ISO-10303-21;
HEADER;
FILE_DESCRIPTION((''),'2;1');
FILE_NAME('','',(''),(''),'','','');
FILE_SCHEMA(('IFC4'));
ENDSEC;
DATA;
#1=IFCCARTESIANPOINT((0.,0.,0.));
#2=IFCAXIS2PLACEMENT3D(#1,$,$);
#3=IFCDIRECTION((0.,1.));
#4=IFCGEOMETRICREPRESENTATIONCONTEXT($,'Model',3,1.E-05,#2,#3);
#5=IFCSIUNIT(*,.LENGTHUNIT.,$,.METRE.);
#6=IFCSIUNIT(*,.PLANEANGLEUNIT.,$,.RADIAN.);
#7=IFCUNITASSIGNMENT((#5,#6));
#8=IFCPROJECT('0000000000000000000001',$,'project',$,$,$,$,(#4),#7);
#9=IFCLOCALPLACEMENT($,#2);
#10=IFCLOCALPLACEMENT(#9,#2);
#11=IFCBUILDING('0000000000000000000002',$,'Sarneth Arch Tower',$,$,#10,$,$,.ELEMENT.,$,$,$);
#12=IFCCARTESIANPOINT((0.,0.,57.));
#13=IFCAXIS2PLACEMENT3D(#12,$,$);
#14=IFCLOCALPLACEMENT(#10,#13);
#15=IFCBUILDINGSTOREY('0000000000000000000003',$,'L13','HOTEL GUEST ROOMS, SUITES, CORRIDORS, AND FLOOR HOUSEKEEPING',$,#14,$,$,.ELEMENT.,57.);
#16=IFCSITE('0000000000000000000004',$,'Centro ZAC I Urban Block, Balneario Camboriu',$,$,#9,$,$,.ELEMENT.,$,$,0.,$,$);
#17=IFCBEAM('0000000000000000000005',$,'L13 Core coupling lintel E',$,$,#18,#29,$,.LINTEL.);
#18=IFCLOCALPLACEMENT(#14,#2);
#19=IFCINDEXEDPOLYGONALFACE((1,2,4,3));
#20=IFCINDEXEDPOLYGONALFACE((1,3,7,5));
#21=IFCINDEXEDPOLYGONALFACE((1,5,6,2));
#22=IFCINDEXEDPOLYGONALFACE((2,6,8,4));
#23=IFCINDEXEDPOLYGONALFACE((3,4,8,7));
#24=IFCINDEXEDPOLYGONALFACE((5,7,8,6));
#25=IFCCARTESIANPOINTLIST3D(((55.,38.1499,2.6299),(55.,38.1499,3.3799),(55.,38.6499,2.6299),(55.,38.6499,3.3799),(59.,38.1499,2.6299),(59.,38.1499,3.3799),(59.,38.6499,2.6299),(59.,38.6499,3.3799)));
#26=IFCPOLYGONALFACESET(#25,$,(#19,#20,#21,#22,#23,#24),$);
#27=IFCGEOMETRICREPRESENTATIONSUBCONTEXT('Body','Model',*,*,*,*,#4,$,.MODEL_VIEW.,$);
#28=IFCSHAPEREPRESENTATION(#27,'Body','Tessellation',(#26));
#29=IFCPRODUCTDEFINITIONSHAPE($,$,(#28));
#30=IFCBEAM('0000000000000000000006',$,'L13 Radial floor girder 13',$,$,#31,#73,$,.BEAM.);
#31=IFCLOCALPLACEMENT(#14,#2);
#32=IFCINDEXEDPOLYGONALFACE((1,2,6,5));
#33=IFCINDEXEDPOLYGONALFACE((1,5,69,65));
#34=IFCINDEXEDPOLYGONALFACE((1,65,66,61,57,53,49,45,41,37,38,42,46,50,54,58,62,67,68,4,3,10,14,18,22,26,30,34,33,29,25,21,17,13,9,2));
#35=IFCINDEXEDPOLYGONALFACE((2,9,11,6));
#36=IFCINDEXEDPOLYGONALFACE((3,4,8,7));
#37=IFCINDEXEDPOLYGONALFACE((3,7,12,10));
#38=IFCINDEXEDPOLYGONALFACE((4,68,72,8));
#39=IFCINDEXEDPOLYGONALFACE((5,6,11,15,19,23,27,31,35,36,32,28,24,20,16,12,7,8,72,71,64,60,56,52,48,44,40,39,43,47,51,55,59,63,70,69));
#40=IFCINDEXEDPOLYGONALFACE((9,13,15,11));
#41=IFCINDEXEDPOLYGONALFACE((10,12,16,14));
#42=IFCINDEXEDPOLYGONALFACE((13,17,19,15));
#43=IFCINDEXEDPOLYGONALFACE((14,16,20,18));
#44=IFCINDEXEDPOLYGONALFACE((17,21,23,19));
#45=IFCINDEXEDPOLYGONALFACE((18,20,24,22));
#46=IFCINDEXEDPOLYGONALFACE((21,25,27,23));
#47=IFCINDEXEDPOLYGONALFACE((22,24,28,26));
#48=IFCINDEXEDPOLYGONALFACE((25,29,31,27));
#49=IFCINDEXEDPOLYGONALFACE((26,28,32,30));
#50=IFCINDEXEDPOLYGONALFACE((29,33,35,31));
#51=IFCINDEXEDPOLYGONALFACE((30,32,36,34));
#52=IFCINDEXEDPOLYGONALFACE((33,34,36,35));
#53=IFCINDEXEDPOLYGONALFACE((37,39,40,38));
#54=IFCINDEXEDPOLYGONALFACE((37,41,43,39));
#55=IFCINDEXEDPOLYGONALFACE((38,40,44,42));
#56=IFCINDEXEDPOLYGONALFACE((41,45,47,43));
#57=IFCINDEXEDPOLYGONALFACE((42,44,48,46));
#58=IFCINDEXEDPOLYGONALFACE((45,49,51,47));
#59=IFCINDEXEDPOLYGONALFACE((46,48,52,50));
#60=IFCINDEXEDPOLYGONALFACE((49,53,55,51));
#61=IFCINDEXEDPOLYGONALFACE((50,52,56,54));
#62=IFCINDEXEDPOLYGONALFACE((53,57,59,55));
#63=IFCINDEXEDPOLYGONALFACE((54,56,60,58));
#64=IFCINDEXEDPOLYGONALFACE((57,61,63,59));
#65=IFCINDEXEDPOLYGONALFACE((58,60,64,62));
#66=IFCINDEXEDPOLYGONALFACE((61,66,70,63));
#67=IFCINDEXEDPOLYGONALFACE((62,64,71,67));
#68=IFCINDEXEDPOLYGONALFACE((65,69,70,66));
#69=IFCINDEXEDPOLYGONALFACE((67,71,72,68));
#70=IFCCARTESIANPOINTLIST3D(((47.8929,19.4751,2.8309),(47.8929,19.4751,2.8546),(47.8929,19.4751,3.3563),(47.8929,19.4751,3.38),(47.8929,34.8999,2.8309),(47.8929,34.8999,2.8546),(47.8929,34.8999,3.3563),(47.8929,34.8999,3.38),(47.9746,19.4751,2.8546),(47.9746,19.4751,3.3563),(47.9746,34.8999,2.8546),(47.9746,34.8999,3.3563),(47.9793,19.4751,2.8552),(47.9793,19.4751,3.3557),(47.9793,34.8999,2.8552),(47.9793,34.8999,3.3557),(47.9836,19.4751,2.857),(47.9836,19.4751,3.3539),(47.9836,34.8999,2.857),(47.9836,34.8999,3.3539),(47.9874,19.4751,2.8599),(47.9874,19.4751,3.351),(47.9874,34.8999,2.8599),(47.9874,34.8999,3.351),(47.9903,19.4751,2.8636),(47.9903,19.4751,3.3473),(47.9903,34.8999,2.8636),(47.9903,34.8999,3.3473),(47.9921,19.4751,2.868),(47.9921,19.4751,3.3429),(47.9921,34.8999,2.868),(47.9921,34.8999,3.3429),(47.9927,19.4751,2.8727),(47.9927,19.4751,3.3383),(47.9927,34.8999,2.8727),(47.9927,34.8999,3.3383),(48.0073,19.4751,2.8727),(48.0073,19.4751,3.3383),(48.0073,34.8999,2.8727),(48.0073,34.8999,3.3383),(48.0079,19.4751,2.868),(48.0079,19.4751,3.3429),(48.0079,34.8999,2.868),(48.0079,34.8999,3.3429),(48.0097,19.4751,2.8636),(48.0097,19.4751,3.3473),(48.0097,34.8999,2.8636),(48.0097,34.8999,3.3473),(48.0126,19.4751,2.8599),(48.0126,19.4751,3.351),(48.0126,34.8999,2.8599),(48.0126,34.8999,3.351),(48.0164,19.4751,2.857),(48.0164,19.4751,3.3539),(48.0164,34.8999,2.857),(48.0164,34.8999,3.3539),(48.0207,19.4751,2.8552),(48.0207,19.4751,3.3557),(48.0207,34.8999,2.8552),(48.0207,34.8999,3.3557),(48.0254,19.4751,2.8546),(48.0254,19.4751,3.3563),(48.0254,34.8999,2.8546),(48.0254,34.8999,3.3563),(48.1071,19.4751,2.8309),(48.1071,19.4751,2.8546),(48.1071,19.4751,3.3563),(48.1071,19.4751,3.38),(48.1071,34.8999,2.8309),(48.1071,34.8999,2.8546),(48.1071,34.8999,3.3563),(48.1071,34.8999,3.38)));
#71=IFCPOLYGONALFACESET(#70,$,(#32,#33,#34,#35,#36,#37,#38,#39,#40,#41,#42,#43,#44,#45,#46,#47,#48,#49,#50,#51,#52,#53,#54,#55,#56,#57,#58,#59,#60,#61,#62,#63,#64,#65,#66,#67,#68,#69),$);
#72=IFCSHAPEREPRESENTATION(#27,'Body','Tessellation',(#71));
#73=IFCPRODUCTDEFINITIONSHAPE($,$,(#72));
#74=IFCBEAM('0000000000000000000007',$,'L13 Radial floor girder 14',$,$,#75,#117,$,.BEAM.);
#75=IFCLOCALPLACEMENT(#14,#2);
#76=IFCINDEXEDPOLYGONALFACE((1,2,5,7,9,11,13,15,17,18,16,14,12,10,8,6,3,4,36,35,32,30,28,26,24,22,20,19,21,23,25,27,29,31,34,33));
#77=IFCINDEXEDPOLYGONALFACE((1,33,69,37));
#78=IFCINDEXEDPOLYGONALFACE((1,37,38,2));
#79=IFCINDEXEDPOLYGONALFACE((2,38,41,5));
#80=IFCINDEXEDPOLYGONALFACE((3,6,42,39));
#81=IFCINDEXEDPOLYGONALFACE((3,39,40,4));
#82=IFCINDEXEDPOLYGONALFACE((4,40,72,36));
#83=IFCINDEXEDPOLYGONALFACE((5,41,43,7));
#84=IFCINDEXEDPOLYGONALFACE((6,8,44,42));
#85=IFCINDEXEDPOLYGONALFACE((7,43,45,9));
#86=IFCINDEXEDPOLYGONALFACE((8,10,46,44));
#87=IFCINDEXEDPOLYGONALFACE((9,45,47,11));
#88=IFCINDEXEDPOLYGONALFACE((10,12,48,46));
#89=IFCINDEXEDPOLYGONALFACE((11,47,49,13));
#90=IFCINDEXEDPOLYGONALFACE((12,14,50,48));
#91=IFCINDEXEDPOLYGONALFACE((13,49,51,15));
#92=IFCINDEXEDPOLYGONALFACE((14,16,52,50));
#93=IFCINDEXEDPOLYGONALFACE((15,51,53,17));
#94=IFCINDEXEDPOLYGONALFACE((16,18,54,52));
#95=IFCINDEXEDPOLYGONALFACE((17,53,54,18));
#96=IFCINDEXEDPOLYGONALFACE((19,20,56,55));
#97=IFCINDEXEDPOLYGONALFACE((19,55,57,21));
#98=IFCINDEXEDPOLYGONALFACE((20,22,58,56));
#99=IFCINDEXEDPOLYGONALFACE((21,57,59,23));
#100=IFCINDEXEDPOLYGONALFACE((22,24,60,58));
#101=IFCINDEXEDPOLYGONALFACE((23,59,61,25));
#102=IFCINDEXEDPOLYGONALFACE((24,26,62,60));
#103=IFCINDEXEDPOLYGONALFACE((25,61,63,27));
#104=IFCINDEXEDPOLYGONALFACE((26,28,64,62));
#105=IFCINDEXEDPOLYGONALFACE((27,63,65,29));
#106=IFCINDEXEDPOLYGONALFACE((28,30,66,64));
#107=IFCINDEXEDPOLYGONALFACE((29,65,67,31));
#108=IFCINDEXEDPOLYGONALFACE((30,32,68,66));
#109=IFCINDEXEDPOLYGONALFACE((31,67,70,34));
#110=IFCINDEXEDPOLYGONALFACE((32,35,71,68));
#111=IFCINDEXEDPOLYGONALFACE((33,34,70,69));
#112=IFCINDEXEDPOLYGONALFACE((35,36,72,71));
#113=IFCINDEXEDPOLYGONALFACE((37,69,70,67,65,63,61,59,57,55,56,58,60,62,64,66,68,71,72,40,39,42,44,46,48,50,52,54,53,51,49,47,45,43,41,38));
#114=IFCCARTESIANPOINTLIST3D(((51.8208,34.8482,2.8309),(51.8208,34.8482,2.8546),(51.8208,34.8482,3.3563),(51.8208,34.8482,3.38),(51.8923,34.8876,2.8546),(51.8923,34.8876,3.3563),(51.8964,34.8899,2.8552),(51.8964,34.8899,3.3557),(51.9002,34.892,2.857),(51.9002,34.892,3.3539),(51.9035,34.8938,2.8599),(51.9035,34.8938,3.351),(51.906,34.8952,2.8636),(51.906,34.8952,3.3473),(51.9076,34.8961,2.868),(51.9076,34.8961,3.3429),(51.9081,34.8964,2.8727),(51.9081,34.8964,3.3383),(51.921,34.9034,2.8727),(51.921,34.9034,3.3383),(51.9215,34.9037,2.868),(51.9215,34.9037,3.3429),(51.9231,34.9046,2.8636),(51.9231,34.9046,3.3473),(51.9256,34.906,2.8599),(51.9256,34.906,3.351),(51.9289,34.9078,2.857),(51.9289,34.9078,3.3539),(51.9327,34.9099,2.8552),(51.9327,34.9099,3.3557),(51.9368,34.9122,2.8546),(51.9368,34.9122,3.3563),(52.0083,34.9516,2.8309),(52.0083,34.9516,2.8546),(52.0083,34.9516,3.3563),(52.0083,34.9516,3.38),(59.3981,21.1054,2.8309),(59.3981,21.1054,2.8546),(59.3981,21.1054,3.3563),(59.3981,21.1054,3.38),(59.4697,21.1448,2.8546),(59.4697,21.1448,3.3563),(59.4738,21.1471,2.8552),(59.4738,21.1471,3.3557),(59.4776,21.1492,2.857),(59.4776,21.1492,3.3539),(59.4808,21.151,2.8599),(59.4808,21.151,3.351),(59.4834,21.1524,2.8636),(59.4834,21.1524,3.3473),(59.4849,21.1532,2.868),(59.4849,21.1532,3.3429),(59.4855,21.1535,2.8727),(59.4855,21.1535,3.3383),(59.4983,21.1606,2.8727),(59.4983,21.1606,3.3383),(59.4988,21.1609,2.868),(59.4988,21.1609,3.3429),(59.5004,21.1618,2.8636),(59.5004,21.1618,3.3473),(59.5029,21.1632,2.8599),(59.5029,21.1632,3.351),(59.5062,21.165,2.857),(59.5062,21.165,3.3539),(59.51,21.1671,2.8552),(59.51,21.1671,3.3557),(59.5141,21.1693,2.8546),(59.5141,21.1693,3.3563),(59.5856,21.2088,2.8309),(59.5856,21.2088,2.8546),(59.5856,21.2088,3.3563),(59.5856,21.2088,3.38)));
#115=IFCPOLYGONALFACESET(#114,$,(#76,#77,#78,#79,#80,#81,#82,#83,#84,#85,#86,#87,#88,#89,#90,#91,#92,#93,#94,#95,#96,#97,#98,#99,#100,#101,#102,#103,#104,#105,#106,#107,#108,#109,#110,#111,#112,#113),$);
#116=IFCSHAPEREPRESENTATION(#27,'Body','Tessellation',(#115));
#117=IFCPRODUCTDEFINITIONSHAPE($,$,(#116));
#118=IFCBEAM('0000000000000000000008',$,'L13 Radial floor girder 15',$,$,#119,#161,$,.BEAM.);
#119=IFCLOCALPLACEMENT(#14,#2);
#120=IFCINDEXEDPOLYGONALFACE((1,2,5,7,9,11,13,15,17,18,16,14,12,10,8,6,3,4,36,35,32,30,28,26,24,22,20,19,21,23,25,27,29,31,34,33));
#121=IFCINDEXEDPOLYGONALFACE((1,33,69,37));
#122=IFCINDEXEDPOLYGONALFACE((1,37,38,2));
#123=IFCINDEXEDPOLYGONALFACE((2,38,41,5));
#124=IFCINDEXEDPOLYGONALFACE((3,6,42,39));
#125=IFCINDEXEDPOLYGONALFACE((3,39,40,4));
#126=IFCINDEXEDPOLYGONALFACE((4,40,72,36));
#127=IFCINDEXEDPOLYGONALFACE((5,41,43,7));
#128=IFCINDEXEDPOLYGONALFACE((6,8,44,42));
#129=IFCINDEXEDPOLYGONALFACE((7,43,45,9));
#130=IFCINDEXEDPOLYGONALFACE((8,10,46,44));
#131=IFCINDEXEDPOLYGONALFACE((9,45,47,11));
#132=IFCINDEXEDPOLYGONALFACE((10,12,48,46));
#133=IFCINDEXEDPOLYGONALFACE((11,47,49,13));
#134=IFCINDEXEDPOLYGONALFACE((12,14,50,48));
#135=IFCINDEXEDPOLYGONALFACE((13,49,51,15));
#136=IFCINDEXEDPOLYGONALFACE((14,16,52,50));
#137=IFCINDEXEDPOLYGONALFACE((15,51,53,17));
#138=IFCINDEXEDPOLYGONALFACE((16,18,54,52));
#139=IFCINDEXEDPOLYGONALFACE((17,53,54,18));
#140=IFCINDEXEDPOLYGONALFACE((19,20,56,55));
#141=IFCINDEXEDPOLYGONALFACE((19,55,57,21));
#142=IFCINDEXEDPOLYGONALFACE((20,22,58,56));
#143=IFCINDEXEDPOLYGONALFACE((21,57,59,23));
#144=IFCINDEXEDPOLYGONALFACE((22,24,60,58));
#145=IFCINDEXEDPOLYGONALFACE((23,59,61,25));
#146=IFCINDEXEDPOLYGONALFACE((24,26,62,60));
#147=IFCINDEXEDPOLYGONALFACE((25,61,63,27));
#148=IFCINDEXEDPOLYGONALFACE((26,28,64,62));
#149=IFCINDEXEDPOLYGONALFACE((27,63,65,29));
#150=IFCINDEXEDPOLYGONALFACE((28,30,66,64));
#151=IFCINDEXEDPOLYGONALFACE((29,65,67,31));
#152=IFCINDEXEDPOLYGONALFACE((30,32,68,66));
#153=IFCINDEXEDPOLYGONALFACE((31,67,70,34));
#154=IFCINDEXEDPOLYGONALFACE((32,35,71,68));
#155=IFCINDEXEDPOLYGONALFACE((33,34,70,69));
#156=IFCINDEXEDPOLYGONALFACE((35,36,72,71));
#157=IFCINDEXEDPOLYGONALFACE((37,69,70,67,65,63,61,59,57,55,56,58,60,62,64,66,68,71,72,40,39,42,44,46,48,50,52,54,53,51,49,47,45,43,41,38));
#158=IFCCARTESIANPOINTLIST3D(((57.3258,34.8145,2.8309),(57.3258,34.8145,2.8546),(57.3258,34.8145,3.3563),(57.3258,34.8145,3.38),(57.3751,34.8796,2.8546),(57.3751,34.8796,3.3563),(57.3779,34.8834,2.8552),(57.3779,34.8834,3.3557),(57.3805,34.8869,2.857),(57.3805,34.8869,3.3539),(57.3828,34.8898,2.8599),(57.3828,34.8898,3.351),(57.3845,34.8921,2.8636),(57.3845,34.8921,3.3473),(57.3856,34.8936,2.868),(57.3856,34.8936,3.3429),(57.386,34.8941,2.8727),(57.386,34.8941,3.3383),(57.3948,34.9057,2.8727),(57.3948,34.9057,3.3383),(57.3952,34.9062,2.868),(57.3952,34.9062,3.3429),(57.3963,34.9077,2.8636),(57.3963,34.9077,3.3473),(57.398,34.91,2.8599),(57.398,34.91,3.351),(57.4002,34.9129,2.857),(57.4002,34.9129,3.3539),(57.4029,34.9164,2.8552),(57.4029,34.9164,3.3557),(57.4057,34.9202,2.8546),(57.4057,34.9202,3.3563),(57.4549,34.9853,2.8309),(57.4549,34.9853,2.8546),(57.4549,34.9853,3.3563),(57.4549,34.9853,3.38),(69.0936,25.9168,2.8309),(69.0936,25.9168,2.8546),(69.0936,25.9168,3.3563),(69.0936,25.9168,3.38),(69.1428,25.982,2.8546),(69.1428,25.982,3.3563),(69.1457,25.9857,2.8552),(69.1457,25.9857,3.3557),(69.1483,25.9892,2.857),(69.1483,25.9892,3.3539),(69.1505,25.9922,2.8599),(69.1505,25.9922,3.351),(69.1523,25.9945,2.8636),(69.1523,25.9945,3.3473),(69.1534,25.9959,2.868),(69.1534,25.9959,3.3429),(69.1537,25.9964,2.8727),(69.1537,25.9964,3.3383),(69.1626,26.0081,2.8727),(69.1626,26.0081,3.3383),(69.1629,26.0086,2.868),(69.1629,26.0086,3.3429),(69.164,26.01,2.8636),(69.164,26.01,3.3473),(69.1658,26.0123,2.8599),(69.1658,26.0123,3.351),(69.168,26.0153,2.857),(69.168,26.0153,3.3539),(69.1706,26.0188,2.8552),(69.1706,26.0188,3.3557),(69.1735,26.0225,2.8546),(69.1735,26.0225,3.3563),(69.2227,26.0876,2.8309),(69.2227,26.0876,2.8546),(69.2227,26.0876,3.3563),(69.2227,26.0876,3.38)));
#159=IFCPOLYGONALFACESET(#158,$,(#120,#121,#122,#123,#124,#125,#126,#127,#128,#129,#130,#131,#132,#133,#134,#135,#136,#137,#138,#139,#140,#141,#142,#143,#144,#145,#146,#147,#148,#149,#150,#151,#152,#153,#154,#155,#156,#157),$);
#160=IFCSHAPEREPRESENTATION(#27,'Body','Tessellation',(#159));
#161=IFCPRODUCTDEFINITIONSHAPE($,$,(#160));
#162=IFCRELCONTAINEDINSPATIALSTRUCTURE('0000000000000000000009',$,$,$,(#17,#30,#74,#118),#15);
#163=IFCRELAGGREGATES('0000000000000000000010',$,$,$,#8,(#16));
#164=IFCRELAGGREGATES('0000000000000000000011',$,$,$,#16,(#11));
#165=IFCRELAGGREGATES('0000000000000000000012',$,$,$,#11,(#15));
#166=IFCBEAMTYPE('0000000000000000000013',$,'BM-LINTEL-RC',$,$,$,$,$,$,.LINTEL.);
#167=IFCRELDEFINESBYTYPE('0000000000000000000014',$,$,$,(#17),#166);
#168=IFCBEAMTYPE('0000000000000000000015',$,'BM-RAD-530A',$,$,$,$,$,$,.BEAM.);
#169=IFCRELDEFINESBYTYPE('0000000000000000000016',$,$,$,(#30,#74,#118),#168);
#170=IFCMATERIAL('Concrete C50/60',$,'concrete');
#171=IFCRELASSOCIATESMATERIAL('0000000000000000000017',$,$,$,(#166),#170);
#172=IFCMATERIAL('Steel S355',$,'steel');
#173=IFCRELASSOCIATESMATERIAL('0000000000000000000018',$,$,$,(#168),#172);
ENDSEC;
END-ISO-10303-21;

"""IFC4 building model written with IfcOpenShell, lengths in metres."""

from ifc_helpers import new_model, si_unit, direction, frame, origin, origin_2d, place, context, subcontext, project, spatial, rectangle, i_section, extrude, material, material_profile, profile_set, type_object, element, save


model = new_model("IFC4")

# Units and contexts
model_context = context("Model", 3, precision=1e-05, world=origin(), true_north=direction((0.0, 1.0)))
body_context = subcontext(model_context, "Body", "Model", "MODEL_VIEW")
ifc_project = project(units=[si_unit("LENGTHUNIT", "METRE"), si_unit("PLANEANGLEUNIT", "RADIAN")], contexts=[model_context])

# Site, building, storey
site_placement = place(None, origin())
site = spatial("IfcSite", under=ifc_project, at=site_placement, Name="Centro ZAC I Urban Block, Balneario Camboriu", CompositionType="ELEMENT", RefElevation=0.0)
building_placement = place(site_placement, origin())
building = spatial("IfcBuilding", under=site, at=building_placement, Name="Sarneth Arch Tower", CompositionType="ELEMENT")
storey_placement = place(building_placement, frame((0.0, 0.0, 57.0)))
storey = spatial("IfcBuildingStorey", under=building, at=storey_placement, Name="L13", Description="HOTEL GUEST ROOMS, SUITES, CORRIDORS, AND FLOOR HOUSEKEEPING", CompositionType="ELEMENT", Elevation=57.0)

# Beams
ifc_material_1 = material(Name="Concrete C50/60", Category="concrete")
ifc_material_profile_1 = material_profile(ifc_material_1, rectangle(XDim=0.5, YDim=0.75, at=origin_2d()), Name="RC-500x750")
ifc_profile_set_1 = profile_set([ifc_material_profile_1], Name="Concrete C50/60")
beam_type_1 = type_object("IfcBeamType", Name="BM-LINTEL-RC", PredefinedType="LINTEL", material=ifc_profile_set_1)
beam_1_placement = place(storey_placement, frame((55.0, 38.3999, 3.0049), z_axis=(1.0, 0.0, 0.0), x_axis=(0.0, 1.0, 0.0)))
element("IfcBeam", 1, at=beam_1_placement, inside=storey, type_object=beam_type_1, Name="L13 Core coupling lintel E", PredefinedType="LINTEL", context=body_context, shape_type="SweptSolid", body=[
    extrude(rectangle(XDim=0.5, YDim=0.75, at=origin_2d()), origin(), (0.0, 0.0, 1.0), 4.0),
])
ifc_material_2 = material(Name="Steel S355", Category="steel")
ifc_material_profile_2 = material_profile(ifc_material_2, i_section(OverallWidth=0.2141, OverallDepth=0.5491, WebThickness=0.0146, FlangeThickness=0.0237, FilletRadius=0.0181, at=origin_2d()), Name="W530x138")
ifc_profile_set_2 = profile_set([ifc_material_profile_2], Name="Steel S355")
beam_type_2 = type_object("IfcBeamType", Name="BM-RAD-530A", PredefinedType="BEAM", material=ifc_profile_set_2)
beam_2_placement = place(storey_placement, frame((48.0, 34.8999, 3.1055), z_axis=(0.0, -1.0, 0.0), x_axis=(1.0, 0.0, 0.0)))
element("IfcBeam", 2, at=beam_2_placement, inside=storey, type_object=beam_type_2, Name="L13 Radial floor girder 13", PredefinedType="BEAM", context=body_context, shape_type="SweptSolid", body=[
    extrude(i_section(OverallWidth=0.2141, OverallDepth=0.5491, WebThickness=0.0146, FlangeThickness=0.0237, FilletRadius=0.0181, at=origin_2d()), origin(), (0.0, 0.0, 1.0), 15.4248),
])
beam_3_placement = place(storey_placement, frame((51.9146, 34.8999, 3.1055), z_axis=(0.482838, -0.87571, 0.0), x_axis=(0.87571, 0.482838, 0.0)))
element("IfcBeam", 3, at=beam_3_placement, inside=storey, type_object=beam_type_2, Name="L13 Radial floor girder 14", PredefinedType="BEAM", context=body_context, shape_type="SweptSolid", body=[
    extrude(i_section(OverallWidth=0.2141, OverallDepth=0.5491, WebThickness=0.0146, FlangeThickness=0.0237, FilletRadius=0.0181, at=origin_2d()), origin(), (0.0, 0.0, 1.0), 15.6934),
])
beam_4_placement = place(storey_placement, frame((57.3904, 34.8999, 3.1055), z_axis=(0.797657, -0.603112, 0.0), x_axis=(0.603112, 0.797657, 0.0)))
element("IfcBeam", 4, at=beam_4_placement, inside=storey, type_object=beam_type_2, Name="L13 Radial floor girder 15", PredefinedType="BEAM", context=body_context, shape_type="SweptSolid", body=[
    extrude(i_section(OverallWidth=0.2141, OverallDepth=0.5491, WebThickness=0.0146, FlangeThickness=0.0237, FilletRadius=0.0181, at=origin_2d()), origin(), (0.0, 0.0, 1.0), 14.7529),
])

save(model, "model.ifc")
